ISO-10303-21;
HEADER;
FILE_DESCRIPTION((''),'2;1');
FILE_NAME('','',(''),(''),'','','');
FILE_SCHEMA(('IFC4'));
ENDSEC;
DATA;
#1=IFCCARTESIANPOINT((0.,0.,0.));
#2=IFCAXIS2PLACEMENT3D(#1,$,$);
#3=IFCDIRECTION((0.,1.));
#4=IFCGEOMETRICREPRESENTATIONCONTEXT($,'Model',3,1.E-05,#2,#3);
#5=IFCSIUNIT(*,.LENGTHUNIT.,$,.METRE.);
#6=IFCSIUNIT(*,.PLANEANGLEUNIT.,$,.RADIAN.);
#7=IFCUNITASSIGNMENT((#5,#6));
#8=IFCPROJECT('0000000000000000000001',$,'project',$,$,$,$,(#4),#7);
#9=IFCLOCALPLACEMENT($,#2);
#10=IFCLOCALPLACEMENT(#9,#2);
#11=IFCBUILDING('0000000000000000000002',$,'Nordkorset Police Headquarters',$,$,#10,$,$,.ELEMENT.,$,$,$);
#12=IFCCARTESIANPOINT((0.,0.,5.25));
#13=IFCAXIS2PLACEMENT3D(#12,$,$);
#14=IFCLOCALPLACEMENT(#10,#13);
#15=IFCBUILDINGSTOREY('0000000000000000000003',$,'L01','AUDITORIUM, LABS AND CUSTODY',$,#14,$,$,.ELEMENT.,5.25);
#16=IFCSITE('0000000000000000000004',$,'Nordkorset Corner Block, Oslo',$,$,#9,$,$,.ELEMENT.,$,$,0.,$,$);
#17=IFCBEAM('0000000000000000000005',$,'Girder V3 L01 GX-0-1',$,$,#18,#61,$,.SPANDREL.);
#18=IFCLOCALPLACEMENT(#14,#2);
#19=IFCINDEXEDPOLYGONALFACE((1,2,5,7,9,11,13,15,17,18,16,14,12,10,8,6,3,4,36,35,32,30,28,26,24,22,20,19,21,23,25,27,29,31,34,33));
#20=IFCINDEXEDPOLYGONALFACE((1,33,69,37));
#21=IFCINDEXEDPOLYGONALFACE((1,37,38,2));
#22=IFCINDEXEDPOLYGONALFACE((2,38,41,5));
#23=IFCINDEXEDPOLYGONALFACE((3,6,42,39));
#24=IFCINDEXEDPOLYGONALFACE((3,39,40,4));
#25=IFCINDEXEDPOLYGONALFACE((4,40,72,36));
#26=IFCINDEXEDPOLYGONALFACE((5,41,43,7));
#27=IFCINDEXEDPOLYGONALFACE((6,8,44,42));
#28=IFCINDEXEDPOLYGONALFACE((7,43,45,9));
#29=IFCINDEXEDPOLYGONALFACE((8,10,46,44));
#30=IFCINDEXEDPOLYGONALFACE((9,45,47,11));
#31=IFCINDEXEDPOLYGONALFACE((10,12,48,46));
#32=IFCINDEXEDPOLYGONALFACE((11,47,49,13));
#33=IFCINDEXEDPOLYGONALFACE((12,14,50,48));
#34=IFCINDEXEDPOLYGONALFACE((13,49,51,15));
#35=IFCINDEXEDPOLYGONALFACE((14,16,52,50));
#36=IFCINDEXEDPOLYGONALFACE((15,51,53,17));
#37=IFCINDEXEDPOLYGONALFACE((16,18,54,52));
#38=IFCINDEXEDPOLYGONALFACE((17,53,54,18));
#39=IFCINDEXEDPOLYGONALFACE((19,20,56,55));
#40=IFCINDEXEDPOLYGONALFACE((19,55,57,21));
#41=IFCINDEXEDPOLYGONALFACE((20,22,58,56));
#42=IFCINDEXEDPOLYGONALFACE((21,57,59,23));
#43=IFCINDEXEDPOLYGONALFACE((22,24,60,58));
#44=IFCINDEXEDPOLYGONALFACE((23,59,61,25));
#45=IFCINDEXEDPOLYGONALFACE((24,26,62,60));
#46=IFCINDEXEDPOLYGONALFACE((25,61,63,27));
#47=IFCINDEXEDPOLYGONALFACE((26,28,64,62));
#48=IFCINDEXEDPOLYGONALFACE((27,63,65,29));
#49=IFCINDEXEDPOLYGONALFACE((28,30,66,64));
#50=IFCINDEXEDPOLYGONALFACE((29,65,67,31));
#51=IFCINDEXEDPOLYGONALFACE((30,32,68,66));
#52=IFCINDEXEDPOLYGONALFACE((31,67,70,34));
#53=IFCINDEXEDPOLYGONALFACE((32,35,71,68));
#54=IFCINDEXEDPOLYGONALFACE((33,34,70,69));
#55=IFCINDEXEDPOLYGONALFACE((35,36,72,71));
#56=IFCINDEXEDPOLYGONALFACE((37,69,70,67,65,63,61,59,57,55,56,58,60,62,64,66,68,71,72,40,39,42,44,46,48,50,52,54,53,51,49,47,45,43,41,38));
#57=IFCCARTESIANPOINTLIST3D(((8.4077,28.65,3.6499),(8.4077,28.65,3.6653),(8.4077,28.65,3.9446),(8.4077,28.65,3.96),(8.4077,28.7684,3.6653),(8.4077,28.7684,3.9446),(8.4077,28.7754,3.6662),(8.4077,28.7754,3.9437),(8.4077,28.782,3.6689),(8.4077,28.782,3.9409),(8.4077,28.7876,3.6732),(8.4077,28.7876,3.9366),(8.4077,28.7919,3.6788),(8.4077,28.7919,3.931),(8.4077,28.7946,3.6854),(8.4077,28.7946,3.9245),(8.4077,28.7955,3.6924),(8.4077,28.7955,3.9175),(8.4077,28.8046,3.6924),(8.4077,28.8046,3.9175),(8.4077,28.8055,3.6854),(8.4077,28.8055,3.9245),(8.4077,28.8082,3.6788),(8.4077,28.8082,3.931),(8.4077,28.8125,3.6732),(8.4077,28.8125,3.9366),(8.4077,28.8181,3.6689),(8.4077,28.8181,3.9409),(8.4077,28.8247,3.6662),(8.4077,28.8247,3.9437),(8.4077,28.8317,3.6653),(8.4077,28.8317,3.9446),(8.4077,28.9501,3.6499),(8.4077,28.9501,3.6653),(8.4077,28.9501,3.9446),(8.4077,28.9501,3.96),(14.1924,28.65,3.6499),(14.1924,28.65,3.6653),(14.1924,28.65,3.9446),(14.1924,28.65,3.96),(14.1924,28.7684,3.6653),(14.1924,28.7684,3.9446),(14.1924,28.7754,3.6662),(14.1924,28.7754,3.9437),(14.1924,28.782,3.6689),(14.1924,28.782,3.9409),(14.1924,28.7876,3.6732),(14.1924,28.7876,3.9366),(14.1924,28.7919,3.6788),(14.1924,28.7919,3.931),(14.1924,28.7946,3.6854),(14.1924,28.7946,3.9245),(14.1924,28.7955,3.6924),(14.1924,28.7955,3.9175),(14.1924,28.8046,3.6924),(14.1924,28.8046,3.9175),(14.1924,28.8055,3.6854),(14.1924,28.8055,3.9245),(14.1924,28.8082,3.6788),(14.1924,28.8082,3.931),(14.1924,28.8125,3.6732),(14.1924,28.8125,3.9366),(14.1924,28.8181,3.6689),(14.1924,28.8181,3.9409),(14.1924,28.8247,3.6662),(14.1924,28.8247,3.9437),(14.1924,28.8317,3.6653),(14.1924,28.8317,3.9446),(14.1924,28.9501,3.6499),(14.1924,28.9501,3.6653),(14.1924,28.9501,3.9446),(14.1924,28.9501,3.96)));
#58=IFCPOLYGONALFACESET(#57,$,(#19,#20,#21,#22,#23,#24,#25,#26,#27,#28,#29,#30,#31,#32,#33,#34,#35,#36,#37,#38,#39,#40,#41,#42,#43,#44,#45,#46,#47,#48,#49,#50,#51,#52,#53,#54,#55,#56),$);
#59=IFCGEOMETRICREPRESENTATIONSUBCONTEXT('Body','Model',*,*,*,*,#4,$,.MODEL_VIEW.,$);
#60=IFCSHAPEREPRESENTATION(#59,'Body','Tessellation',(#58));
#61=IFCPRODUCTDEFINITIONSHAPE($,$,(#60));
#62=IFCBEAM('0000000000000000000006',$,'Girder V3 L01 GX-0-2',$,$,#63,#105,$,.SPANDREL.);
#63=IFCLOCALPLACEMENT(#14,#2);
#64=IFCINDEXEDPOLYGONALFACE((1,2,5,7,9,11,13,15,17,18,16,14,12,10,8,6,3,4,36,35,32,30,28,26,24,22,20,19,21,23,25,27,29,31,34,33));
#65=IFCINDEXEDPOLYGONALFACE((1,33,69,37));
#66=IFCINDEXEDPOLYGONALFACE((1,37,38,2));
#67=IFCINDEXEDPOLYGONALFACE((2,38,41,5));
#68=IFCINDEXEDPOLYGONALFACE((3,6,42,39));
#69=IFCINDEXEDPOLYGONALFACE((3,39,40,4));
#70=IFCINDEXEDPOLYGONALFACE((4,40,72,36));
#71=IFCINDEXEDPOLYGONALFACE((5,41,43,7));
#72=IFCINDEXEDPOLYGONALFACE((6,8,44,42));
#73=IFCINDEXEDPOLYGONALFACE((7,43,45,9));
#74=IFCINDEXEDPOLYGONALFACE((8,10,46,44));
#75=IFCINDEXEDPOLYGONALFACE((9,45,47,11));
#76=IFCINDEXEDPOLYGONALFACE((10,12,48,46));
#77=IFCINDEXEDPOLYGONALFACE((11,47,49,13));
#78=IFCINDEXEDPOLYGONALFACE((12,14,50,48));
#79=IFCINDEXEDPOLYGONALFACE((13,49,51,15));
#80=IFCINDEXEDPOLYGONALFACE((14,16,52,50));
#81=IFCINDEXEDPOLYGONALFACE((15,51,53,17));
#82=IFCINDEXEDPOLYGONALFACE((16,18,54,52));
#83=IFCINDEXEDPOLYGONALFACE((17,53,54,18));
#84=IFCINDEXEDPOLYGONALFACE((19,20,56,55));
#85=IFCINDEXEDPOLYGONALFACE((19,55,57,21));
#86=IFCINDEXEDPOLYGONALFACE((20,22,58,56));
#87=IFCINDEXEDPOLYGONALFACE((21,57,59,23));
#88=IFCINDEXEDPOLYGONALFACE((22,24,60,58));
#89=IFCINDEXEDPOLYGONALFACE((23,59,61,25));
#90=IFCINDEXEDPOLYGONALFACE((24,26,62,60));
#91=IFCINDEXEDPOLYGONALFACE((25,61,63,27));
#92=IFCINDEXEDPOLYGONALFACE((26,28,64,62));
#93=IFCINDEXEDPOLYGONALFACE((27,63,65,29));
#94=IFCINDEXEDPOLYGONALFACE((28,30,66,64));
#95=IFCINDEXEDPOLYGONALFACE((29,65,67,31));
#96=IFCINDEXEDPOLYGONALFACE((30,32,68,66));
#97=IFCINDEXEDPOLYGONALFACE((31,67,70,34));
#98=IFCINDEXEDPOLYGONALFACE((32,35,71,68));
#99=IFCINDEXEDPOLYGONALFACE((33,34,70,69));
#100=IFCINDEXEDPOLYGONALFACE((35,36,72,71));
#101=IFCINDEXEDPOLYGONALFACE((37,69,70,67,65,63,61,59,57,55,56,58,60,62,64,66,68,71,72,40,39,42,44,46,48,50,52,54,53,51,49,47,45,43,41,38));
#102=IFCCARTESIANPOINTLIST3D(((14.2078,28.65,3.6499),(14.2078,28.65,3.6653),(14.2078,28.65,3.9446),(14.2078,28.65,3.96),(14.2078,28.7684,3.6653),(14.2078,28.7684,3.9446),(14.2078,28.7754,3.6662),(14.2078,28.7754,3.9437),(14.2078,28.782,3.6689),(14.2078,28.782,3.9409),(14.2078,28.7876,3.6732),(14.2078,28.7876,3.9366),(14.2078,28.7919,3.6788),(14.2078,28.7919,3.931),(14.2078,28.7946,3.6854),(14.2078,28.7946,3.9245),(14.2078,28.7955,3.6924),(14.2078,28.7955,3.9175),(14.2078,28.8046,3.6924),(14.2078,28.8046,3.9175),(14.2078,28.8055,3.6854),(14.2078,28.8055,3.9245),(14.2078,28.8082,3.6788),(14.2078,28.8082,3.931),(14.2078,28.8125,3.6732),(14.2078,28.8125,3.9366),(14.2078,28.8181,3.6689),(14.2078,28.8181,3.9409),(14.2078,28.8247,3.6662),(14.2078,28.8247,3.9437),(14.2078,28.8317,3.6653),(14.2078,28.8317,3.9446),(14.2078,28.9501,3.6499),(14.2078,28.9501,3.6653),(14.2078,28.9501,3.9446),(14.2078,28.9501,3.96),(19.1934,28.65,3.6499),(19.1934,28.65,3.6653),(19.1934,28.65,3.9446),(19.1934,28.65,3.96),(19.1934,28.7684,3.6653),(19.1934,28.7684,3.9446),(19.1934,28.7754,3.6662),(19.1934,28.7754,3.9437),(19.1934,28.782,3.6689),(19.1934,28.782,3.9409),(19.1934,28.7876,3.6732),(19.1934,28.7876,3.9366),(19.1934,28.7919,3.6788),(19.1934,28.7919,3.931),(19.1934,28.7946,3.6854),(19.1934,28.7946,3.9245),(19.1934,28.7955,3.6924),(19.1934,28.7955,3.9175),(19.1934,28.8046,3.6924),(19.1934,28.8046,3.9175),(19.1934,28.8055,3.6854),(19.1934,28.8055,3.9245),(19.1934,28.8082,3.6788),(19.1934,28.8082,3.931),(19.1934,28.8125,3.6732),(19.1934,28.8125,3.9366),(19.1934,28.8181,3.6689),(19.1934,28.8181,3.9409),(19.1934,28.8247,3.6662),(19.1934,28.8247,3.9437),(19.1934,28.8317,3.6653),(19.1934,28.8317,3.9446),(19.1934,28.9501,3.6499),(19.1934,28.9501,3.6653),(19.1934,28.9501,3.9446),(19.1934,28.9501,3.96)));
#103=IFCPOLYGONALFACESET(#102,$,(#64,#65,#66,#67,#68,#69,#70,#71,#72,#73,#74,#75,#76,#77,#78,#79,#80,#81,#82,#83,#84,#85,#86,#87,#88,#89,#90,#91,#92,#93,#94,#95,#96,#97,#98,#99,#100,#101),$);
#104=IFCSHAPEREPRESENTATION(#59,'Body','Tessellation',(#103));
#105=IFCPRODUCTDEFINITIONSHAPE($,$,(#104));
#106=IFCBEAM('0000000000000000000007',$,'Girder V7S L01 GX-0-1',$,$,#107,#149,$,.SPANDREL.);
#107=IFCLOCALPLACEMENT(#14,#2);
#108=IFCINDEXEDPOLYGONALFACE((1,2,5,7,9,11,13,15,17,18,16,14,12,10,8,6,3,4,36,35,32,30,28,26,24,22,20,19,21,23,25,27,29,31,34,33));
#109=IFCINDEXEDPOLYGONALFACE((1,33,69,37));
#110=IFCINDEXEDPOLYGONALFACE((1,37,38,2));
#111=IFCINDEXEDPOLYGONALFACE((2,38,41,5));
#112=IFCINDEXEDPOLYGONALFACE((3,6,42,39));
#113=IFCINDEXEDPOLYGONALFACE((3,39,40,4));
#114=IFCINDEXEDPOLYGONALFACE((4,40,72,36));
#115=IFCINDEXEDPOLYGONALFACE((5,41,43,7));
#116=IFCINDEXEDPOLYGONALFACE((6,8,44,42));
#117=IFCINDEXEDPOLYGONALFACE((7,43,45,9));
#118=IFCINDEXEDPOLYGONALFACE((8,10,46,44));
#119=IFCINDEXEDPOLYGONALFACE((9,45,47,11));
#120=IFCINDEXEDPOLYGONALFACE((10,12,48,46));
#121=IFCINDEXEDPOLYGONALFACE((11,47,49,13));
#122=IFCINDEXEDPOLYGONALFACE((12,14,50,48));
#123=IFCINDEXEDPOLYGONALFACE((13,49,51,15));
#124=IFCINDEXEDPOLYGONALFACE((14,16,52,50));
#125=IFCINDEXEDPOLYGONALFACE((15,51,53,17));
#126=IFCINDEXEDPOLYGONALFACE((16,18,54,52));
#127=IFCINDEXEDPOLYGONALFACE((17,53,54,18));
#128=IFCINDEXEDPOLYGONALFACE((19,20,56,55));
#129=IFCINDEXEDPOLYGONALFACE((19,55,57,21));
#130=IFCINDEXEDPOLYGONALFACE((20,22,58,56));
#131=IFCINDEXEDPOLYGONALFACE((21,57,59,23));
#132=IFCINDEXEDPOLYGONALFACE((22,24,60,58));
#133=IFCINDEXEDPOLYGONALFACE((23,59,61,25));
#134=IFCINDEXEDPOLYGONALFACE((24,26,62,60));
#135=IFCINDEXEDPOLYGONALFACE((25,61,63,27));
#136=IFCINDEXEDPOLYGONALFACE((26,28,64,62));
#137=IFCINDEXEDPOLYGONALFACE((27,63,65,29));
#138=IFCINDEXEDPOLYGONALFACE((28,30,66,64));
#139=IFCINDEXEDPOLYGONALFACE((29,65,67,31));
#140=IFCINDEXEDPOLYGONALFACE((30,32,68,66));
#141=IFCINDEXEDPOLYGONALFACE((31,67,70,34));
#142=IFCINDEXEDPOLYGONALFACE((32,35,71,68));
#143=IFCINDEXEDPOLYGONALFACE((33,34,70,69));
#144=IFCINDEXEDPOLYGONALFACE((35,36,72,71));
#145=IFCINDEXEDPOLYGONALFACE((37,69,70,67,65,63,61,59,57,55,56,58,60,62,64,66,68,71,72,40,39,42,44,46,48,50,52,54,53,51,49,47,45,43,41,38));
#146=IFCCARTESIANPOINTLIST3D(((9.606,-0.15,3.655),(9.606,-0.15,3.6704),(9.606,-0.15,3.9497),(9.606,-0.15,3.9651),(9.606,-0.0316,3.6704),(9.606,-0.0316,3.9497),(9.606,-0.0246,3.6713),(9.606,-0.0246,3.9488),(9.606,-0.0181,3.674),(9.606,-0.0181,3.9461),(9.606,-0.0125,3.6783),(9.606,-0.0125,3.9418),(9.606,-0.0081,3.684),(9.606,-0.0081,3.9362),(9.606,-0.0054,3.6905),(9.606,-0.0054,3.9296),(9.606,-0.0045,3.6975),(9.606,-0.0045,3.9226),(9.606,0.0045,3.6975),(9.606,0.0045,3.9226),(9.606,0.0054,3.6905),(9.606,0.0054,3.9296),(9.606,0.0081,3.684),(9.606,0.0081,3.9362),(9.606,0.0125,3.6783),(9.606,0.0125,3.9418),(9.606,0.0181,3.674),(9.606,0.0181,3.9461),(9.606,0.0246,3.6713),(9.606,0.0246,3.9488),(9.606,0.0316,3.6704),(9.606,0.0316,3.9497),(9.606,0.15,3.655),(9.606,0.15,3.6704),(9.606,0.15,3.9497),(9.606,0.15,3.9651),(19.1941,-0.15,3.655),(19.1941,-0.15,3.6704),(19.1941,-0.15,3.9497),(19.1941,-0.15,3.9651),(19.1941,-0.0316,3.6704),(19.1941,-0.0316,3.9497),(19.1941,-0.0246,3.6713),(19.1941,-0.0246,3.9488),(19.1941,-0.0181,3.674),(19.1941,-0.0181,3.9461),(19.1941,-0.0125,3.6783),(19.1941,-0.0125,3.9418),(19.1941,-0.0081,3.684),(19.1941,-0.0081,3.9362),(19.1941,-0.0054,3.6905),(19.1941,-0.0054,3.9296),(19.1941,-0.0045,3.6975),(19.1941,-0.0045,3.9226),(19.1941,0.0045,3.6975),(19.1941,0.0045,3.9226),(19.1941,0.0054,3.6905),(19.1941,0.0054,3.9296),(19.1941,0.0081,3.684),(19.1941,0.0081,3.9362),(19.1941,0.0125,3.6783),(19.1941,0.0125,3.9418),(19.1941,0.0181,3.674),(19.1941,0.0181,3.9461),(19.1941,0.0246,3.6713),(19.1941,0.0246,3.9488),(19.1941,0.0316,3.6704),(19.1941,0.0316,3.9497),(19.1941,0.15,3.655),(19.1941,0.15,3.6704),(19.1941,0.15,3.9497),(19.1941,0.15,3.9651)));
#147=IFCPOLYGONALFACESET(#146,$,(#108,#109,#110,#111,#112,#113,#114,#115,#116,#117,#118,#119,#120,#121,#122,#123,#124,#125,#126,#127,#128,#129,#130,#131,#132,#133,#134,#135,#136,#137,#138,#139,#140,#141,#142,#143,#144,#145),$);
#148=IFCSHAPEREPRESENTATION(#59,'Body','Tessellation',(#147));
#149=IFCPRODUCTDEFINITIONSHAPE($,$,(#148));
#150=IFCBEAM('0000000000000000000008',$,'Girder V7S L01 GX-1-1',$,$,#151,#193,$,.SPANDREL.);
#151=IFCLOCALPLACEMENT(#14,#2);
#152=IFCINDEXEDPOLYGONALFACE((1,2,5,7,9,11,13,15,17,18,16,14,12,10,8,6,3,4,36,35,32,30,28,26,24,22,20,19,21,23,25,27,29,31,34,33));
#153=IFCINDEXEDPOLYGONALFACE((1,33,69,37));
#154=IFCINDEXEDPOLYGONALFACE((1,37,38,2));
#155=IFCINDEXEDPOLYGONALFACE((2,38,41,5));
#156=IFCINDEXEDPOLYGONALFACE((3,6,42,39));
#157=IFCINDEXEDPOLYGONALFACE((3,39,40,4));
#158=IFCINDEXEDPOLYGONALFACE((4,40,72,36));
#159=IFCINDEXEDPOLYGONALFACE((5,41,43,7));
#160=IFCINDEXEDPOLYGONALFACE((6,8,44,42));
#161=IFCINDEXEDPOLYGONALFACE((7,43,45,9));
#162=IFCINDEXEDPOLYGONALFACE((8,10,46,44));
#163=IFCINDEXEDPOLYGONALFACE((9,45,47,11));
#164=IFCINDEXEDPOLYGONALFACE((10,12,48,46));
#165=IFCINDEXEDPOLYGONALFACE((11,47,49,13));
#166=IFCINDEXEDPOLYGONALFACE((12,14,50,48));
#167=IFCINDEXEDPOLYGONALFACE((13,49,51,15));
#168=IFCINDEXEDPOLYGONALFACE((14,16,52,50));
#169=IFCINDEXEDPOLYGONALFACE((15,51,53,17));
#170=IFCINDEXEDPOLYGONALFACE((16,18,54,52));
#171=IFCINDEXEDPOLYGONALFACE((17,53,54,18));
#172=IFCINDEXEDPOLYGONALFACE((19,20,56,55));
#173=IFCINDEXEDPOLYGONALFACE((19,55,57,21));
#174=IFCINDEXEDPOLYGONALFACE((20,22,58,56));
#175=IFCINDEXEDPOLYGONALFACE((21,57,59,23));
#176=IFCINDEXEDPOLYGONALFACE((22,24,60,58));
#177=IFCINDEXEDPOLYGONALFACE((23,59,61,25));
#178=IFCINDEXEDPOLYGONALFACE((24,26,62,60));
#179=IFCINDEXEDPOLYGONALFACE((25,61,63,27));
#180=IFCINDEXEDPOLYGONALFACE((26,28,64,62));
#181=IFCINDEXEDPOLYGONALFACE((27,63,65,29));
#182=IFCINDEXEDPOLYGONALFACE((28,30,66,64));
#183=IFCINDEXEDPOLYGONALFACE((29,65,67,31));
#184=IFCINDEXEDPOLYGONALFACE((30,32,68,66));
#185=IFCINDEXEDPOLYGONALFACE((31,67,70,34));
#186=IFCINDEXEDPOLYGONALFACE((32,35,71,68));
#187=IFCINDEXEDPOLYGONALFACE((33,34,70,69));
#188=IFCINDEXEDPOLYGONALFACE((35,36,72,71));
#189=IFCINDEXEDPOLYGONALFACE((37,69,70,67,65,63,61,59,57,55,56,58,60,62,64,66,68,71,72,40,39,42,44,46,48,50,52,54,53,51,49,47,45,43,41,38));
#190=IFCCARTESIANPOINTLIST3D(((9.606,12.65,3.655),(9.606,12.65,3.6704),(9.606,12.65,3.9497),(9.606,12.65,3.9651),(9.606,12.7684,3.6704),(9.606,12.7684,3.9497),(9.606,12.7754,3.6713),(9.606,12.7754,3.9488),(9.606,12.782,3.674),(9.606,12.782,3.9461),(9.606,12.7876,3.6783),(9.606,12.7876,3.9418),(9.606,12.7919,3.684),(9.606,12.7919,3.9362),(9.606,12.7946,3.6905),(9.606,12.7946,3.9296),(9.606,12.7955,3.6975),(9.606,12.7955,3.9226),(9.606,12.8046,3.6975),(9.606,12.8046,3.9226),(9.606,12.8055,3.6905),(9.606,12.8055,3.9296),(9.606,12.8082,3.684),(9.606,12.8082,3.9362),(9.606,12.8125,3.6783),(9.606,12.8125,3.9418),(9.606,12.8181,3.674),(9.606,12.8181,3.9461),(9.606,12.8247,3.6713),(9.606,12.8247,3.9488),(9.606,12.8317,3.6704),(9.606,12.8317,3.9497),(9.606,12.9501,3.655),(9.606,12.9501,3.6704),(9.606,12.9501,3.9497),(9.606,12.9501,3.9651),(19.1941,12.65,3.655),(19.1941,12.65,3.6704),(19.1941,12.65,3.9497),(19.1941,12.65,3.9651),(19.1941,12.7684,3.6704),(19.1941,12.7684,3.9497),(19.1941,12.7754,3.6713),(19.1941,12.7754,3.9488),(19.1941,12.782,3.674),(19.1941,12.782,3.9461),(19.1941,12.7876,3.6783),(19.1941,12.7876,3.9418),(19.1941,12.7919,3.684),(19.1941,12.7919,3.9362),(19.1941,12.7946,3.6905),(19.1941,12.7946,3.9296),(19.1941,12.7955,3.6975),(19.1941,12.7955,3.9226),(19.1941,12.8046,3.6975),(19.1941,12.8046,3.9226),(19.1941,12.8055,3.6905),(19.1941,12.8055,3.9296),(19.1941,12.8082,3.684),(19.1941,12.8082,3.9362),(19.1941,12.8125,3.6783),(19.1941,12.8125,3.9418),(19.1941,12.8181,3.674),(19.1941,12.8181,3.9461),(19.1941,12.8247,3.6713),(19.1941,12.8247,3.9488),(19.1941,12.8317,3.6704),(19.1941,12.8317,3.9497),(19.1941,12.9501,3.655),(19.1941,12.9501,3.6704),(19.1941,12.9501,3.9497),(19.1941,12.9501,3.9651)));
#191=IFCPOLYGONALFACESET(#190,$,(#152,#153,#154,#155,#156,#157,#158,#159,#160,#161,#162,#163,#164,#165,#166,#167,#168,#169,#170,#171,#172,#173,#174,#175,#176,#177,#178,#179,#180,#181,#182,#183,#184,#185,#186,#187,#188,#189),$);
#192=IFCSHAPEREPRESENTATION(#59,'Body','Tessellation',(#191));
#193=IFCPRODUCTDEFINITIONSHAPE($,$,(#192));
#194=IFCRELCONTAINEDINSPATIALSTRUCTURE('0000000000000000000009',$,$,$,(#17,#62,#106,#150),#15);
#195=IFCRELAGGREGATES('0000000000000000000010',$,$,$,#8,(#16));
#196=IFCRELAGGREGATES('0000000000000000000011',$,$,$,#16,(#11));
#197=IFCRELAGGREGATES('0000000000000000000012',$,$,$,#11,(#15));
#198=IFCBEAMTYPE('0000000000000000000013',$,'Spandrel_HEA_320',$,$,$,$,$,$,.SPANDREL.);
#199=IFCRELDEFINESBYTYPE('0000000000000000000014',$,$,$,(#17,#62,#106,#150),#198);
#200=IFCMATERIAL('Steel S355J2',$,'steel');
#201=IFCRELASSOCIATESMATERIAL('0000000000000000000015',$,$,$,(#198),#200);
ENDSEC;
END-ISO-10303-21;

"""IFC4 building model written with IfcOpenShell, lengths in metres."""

from ifc_helpers import new_model, si_unit, direction, frame, origin, origin_2d, place, context, subcontext, project, spatial, i_section, extrude, material, material_profile, profile_set, type_object, element, save


model = new_model("IFC4")

# Units and contexts
model_context = context("Model", 3, precision=1e-05, world=origin(), true_north=direction((0.0, 1.0)))
body_context = subcontext(model_context, "Body", "Model", "MODEL_VIEW")
ifc_project = project(units=[si_unit("LENGTHUNIT", "METRE"), si_unit("PLANEANGLEUNIT", "RADIAN")], contexts=[model_context])

# Site, building, storey
site_placement = place(None, origin())
site = spatial("IfcSite", under=ifc_project, at=site_placement, Name="Nordkorset Corner Block, Oslo", CompositionType="ELEMENT", RefElevation=0.0)
building_placement = place(site_placement, origin())
building = spatial("IfcBuilding", under=site, at=building_placement, Name="Nordkorset Police Headquarters", CompositionType="ELEMENT")
storey_placement = place(building_placement, frame((0.0, 0.0, 5.25)))
storey = spatial("IfcBuildingStorey", under=building, at=storey_placement, Name="L01", Description="AUDITORIUM, LABS AND CUSTODY", CompositionType="ELEMENT", Elevation=5.25)

# Beams
ifc_material_1 = material(Name="Steel S355J2", Category="steel")
ifc_material_profile_1 = material_profile(ifc_material_1, i_section(OverallWidth=0.3, OverallDepth=0.3101, WebThickness=0.009, FlangeThickness=0.0154, FilletRadius=0.0271, at=origin_2d()), Name="HEA 320")
ifc_profile_set_1 = profile_set([ifc_material_profile_1], Name="Steel S355J2")
beam_type_1 = type_object("IfcBeamType", Name="Spandrel_HEA_320", PredefinedType="SPANDREL", material=ifc_profile_set_1)
beam_1_placement = place(storey_placement, frame((8.4077, 28.8, 3.8049), z_axis=(1.0, 0.0, 0.0), x_axis=(0.0, 1.0, 0.0)))
element("IfcBeam", 1, at=beam_1_placement, inside=storey, type_object=beam_type_1, Name="Girder V3 L01 GX-0-1", PredefinedType="SPANDREL", context=body_context, shape_type="SweptSolid", body=[
    extrude(i_section(OverallWidth=0.3, OverallDepth=0.3101, WebThickness=0.009, FlangeThickness=0.0154, FilletRadius=0.0271, at=origin_2d()), origin(), (0.0, 0.0, 1.0), 5.7847),
])
beam_2_placement = place(storey_placement, frame((14.2078, 28.8, 3.8049), z_axis=(1.0, 0.0, 0.0), x_axis=(0.0, 1.0, 0.0)))
element("IfcBeam", 2, at=beam_2_placement, inside=storey, type_object=beam_type_1, Name="Girder V3 L01 GX-0-2", PredefinedType="SPANDREL", context=body_context, shape_type="SweptSolid", body=[
    extrude(i_section(OverallWidth=0.3, OverallDepth=0.3101, WebThickness=0.009, FlangeThickness=0.0154, FilletRadius=0.0271, at=origin_2d()), origin(), (0.0, 0.0, 1.0), 4.9856),
])
for number, where, z_axis, x_axis, name in (
    (3, (9.606, 0.0, 3.8101), (1.0, 0.0, 0.0), (0.0, 1.0, 0.0), "Girder V7S L01 GX-0-1"),
    (4, (9.606, 12.8, 3.8101), (1.0, 0.0, 0.0), (0.0, 1.0, 0.0), "Girder V7S L01 GX-1-1"),
):
    element("IfcBeam", number, at=place(storey_placement, frame(where, z_axis=z_axis, x_axis=x_axis)), inside=storey, type_object=beam_type_1, Name=name, PredefinedType="SPANDREL", context=body_context, shape_type="SweptSolid", body=[
        extrude(i_section(OverallWidth=0.3, OverallDepth=0.3101, WebThickness=0.009, FlangeThickness=0.0154, FilletRadius=0.0271, at=origin_2d()), origin(), (0.0, 0.0, 1.0), 9.5881),
    ])

save(model, "model.ifc")
